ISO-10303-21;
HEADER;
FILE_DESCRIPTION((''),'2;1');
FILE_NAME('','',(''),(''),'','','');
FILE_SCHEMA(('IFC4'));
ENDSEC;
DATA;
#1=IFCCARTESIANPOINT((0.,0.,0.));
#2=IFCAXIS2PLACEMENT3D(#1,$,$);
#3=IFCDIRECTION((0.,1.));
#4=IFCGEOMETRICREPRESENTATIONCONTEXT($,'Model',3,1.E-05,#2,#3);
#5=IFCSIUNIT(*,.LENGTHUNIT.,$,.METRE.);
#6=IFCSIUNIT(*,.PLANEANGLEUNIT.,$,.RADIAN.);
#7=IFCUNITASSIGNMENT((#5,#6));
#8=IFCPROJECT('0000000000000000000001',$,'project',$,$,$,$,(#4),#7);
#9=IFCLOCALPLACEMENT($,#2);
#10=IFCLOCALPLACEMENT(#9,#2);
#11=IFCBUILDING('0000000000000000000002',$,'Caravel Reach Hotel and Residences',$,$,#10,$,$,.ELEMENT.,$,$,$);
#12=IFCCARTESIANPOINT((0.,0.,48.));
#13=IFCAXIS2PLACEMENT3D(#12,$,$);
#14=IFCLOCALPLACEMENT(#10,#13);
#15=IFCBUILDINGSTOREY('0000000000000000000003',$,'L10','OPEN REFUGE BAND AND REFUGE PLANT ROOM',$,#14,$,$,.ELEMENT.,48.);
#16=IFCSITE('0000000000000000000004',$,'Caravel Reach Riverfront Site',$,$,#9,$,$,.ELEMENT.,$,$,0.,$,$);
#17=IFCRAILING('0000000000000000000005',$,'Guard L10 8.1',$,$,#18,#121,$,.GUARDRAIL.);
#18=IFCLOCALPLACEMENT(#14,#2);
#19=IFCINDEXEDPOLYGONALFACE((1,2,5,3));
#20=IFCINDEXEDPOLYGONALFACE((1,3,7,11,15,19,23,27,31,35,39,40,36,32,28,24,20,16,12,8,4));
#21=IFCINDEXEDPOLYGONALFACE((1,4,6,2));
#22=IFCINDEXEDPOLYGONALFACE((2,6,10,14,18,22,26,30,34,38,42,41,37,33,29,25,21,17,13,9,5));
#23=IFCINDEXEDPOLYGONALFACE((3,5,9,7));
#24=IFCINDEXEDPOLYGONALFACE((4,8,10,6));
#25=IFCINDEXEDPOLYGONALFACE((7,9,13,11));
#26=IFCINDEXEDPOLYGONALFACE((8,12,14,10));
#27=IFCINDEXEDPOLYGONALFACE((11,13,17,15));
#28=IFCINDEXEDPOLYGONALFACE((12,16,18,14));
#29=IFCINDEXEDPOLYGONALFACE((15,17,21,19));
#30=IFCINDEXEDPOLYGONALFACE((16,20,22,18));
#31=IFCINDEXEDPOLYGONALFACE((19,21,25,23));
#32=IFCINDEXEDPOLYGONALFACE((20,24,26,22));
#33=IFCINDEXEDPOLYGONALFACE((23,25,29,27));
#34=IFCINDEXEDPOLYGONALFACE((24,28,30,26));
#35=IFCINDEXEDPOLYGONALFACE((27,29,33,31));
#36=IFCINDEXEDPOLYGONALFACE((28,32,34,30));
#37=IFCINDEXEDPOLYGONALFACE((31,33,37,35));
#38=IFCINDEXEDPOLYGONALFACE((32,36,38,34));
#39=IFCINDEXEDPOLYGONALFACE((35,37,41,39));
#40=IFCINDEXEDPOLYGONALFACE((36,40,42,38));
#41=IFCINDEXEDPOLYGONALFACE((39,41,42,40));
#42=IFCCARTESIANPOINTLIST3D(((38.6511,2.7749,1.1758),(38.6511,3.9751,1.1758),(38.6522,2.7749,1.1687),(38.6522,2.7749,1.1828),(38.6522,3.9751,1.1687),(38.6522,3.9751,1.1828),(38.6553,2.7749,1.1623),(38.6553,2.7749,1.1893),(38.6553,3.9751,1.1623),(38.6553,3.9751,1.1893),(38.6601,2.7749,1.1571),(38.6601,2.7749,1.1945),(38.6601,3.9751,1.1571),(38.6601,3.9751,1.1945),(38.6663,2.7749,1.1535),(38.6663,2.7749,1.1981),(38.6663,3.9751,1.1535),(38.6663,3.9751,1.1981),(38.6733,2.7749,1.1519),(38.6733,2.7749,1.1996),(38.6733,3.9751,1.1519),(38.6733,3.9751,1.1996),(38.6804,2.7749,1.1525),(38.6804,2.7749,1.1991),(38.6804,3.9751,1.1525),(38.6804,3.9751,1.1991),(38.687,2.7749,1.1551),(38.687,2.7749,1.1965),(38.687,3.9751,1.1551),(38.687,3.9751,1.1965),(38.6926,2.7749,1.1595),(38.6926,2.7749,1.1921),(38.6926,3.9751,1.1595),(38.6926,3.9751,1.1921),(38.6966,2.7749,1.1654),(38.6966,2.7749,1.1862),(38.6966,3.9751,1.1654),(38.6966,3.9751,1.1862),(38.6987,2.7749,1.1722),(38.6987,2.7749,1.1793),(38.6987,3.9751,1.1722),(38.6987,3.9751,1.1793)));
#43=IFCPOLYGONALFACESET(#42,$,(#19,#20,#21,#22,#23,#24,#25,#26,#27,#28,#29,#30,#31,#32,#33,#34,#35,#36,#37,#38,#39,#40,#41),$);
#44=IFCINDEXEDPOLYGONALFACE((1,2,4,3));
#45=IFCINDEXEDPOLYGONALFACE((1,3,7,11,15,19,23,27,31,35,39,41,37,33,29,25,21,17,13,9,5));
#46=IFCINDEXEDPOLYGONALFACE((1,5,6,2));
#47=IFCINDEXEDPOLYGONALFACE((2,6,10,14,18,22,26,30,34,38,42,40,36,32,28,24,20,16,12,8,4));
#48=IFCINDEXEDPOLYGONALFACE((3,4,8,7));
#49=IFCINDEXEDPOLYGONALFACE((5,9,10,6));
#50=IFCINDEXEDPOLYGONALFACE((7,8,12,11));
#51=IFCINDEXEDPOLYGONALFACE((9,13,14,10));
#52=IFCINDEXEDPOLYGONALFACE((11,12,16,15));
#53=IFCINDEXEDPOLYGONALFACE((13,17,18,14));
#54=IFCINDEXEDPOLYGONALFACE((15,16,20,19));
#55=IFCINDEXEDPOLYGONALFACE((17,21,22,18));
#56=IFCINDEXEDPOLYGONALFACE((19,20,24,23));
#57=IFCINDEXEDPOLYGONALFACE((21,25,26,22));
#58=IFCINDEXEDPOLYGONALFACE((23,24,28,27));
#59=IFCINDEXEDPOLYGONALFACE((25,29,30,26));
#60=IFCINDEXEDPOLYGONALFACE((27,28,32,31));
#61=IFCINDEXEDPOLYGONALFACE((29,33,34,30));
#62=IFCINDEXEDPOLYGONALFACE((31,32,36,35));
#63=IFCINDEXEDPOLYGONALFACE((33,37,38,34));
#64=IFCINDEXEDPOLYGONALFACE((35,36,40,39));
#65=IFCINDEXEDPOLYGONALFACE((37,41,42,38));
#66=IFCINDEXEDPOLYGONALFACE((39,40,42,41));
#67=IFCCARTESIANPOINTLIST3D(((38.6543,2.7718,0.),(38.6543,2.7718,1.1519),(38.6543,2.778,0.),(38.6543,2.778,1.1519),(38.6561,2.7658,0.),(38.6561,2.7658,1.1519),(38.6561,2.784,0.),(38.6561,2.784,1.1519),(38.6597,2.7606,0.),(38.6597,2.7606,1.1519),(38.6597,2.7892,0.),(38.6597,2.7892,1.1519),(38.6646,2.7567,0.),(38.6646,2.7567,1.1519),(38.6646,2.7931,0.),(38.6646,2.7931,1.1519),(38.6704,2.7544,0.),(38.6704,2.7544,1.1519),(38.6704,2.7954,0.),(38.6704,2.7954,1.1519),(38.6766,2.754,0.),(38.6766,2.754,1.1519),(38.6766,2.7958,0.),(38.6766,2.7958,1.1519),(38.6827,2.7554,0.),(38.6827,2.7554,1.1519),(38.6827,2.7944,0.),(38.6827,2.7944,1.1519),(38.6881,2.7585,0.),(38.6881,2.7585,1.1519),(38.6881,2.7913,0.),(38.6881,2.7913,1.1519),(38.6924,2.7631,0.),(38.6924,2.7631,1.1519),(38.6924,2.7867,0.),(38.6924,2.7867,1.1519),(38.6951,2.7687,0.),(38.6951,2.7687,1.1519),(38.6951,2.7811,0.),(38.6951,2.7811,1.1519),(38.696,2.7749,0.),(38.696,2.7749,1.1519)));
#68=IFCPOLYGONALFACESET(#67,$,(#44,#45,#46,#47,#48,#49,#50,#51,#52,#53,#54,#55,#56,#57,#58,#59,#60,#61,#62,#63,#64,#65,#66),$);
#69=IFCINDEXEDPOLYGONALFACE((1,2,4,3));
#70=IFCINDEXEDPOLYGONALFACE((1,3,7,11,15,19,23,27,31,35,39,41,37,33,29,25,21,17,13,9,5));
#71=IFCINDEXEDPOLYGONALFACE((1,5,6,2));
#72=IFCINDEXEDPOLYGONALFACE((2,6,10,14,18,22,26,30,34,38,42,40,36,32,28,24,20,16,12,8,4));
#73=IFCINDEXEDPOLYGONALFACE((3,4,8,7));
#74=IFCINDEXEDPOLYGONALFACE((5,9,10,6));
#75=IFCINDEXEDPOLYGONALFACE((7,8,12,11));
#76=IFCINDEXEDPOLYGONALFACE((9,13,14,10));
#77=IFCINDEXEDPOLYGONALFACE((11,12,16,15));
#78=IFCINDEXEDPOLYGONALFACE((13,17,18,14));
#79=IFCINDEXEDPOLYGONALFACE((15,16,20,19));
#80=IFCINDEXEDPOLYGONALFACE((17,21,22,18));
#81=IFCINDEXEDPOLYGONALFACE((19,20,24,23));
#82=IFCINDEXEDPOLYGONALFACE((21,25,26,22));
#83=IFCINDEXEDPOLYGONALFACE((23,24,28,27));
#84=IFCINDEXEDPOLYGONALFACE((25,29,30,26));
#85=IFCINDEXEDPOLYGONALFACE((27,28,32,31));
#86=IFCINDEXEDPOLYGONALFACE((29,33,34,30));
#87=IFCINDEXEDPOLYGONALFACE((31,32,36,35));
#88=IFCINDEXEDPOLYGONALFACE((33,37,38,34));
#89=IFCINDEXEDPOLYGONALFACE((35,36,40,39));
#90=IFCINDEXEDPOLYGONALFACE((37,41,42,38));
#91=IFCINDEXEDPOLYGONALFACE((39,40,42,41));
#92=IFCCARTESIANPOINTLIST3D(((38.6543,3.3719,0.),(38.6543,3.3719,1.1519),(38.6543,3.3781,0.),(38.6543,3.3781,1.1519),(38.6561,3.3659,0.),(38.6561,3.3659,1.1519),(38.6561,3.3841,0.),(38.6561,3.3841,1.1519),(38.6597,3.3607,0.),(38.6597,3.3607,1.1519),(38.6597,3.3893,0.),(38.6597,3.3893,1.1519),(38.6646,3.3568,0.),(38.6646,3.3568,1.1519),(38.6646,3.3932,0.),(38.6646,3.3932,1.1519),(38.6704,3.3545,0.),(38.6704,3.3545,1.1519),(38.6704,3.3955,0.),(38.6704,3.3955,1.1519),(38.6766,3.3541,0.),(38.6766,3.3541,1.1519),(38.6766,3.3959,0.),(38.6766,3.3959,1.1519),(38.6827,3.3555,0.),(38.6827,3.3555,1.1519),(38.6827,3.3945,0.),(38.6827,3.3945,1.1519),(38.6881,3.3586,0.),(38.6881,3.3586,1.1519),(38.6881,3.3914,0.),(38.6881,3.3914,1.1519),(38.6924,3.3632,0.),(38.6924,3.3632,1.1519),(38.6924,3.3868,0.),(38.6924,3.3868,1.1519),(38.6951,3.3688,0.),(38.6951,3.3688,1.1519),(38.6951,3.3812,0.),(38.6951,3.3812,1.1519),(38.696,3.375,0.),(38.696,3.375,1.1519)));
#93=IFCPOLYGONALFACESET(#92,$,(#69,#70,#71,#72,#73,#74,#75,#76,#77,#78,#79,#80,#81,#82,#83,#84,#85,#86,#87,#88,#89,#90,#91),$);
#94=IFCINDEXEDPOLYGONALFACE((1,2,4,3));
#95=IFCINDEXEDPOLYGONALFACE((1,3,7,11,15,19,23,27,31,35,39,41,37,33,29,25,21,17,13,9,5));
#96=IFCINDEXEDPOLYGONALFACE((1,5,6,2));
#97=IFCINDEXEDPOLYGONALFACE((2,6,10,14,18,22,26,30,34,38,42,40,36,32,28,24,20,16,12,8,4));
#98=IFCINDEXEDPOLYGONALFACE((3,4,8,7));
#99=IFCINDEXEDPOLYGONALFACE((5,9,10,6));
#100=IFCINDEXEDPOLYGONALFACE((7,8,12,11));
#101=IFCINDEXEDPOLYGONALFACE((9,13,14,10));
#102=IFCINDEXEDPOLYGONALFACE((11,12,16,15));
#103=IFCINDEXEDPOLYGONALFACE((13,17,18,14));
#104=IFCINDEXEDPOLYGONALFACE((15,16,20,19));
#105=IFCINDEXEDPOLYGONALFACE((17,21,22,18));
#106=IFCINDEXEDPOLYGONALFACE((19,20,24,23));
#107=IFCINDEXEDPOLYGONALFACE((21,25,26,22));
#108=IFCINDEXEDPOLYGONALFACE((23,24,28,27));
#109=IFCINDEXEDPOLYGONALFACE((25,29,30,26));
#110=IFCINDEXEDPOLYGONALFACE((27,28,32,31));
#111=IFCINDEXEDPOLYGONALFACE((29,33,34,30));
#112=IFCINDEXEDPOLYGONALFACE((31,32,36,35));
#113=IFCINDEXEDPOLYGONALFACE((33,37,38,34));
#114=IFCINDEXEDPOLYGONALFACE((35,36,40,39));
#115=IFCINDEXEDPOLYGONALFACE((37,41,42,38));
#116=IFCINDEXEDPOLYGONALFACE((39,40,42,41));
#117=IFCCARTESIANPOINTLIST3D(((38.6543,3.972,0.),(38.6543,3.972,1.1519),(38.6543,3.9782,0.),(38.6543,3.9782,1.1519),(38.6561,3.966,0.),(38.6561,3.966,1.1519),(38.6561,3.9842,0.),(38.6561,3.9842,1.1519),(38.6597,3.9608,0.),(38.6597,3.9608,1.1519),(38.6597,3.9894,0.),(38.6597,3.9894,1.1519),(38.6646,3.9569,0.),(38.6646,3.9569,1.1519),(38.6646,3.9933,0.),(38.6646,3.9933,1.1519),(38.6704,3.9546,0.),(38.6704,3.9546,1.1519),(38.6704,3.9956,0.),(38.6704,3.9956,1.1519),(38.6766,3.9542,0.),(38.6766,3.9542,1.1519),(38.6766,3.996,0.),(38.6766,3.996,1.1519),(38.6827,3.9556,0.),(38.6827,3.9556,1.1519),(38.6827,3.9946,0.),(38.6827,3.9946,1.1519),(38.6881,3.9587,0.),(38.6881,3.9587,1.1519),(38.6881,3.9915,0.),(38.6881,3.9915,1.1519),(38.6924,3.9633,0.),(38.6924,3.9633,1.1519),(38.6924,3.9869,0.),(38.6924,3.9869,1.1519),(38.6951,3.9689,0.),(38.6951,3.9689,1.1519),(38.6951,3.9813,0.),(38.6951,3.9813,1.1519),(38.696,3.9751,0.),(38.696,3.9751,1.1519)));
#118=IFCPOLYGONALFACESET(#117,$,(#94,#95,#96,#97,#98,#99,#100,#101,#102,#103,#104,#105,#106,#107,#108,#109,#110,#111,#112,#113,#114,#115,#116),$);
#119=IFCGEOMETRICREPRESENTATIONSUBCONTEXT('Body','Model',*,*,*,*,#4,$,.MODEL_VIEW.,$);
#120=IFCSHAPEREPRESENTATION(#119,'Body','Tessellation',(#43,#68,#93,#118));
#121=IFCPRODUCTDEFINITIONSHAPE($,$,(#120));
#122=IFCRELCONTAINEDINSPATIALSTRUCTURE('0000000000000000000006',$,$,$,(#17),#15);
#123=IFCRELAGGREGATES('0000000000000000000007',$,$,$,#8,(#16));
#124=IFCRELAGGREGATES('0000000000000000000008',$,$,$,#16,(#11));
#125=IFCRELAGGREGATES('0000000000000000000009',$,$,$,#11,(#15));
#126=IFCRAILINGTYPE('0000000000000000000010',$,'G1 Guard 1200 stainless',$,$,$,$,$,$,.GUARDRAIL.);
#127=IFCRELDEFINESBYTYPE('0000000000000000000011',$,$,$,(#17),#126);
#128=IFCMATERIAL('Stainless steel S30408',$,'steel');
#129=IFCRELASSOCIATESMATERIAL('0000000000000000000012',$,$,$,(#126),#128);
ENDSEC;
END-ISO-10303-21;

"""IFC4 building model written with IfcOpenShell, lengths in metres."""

from ifc_helpers import new_model, si_unit, direction, frame, origin, origin_2d, place, context, subcontext, project, spatial, circle, extrude, material, type_object, element, save


model = new_model("IFC4")

# Units and contexts
model_context = context("Model", 3, precision=1e-05, world=origin(), true_north=direction((0.0, 1.0)))
body_context = subcontext(model_context, "Body", "Model", "MODEL_VIEW")
ifc_project = project(units=[si_unit("LENGTHUNIT", "METRE"), si_unit("PLANEANGLEUNIT", "RADIAN")], contexts=[model_context])

# Site, building, storey
site_placement = place(None, origin())
site = spatial("IfcSite", under=ifc_project, at=site_placement, Name="Caravel Reach Riverfront Site", CompositionType="ELEMENT", RefElevation=0.0)
building_placement = place(site_placement, origin())
building = spatial("IfcBuilding", under=site, at=building_placement, Name="Caravel Reach Hotel and Residences", CompositionType="ELEMENT")
storey_placement = place(building_placement, frame((0.0, 0.0, 48.0)))
storey = spatial("IfcBuildingStorey", under=building, at=storey_placement, Name="L10", Description="OPEN REFUGE BAND AND REFUGE PLANT ROOM", CompositionType="ELEMENT", Elevation=48.0)

# Railing
ifc_material_1 = material(Name="Stainless steel S30408", Category="steel")
railing_type = type_object("IfcRailingType", Name="G1 Guard 1200 stainless", PredefinedType="GUARDRAIL", material=ifc_material_1)
railing_1_placement = place(storey_placement, frame((38.675, 2.7749, 0.0)))
element("IfcRailing", 1, at=railing_1_placement, inside=storey, type_object=railing_type, Name="Guard L10 8.1", PredefinedType="GUARDRAIL", context=body_context, shape_type="SweptSolid", body=[
    extrude(circle(Radius=0.0239, at=origin_2d()), frame((0.0, 0.0, 1.1758), z_axis=(0.0, 1.0, 0.0), x_axis=(-1.0, 0.0, 0.0)), (0.0, 0.0, 1.0), 1.2002),
    extrude(circle(Radius=0.021, at=origin_2d()), origin(), (0.0, 0.0, 1.0), 1.1519),
    extrude(circle(Radius=0.021, at=origin_2d()), frame((0.0, 0.6001, 0.0)), (0.0, 0.0, 1.0), 1.1519),
    extrude(circle(Radius=0.021, at=origin_2d()), frame((0.0, 1.2002, 0.0)), (0.0, 0.0, 1.0), 1.1519),
])

save(model, "model.ifc")
